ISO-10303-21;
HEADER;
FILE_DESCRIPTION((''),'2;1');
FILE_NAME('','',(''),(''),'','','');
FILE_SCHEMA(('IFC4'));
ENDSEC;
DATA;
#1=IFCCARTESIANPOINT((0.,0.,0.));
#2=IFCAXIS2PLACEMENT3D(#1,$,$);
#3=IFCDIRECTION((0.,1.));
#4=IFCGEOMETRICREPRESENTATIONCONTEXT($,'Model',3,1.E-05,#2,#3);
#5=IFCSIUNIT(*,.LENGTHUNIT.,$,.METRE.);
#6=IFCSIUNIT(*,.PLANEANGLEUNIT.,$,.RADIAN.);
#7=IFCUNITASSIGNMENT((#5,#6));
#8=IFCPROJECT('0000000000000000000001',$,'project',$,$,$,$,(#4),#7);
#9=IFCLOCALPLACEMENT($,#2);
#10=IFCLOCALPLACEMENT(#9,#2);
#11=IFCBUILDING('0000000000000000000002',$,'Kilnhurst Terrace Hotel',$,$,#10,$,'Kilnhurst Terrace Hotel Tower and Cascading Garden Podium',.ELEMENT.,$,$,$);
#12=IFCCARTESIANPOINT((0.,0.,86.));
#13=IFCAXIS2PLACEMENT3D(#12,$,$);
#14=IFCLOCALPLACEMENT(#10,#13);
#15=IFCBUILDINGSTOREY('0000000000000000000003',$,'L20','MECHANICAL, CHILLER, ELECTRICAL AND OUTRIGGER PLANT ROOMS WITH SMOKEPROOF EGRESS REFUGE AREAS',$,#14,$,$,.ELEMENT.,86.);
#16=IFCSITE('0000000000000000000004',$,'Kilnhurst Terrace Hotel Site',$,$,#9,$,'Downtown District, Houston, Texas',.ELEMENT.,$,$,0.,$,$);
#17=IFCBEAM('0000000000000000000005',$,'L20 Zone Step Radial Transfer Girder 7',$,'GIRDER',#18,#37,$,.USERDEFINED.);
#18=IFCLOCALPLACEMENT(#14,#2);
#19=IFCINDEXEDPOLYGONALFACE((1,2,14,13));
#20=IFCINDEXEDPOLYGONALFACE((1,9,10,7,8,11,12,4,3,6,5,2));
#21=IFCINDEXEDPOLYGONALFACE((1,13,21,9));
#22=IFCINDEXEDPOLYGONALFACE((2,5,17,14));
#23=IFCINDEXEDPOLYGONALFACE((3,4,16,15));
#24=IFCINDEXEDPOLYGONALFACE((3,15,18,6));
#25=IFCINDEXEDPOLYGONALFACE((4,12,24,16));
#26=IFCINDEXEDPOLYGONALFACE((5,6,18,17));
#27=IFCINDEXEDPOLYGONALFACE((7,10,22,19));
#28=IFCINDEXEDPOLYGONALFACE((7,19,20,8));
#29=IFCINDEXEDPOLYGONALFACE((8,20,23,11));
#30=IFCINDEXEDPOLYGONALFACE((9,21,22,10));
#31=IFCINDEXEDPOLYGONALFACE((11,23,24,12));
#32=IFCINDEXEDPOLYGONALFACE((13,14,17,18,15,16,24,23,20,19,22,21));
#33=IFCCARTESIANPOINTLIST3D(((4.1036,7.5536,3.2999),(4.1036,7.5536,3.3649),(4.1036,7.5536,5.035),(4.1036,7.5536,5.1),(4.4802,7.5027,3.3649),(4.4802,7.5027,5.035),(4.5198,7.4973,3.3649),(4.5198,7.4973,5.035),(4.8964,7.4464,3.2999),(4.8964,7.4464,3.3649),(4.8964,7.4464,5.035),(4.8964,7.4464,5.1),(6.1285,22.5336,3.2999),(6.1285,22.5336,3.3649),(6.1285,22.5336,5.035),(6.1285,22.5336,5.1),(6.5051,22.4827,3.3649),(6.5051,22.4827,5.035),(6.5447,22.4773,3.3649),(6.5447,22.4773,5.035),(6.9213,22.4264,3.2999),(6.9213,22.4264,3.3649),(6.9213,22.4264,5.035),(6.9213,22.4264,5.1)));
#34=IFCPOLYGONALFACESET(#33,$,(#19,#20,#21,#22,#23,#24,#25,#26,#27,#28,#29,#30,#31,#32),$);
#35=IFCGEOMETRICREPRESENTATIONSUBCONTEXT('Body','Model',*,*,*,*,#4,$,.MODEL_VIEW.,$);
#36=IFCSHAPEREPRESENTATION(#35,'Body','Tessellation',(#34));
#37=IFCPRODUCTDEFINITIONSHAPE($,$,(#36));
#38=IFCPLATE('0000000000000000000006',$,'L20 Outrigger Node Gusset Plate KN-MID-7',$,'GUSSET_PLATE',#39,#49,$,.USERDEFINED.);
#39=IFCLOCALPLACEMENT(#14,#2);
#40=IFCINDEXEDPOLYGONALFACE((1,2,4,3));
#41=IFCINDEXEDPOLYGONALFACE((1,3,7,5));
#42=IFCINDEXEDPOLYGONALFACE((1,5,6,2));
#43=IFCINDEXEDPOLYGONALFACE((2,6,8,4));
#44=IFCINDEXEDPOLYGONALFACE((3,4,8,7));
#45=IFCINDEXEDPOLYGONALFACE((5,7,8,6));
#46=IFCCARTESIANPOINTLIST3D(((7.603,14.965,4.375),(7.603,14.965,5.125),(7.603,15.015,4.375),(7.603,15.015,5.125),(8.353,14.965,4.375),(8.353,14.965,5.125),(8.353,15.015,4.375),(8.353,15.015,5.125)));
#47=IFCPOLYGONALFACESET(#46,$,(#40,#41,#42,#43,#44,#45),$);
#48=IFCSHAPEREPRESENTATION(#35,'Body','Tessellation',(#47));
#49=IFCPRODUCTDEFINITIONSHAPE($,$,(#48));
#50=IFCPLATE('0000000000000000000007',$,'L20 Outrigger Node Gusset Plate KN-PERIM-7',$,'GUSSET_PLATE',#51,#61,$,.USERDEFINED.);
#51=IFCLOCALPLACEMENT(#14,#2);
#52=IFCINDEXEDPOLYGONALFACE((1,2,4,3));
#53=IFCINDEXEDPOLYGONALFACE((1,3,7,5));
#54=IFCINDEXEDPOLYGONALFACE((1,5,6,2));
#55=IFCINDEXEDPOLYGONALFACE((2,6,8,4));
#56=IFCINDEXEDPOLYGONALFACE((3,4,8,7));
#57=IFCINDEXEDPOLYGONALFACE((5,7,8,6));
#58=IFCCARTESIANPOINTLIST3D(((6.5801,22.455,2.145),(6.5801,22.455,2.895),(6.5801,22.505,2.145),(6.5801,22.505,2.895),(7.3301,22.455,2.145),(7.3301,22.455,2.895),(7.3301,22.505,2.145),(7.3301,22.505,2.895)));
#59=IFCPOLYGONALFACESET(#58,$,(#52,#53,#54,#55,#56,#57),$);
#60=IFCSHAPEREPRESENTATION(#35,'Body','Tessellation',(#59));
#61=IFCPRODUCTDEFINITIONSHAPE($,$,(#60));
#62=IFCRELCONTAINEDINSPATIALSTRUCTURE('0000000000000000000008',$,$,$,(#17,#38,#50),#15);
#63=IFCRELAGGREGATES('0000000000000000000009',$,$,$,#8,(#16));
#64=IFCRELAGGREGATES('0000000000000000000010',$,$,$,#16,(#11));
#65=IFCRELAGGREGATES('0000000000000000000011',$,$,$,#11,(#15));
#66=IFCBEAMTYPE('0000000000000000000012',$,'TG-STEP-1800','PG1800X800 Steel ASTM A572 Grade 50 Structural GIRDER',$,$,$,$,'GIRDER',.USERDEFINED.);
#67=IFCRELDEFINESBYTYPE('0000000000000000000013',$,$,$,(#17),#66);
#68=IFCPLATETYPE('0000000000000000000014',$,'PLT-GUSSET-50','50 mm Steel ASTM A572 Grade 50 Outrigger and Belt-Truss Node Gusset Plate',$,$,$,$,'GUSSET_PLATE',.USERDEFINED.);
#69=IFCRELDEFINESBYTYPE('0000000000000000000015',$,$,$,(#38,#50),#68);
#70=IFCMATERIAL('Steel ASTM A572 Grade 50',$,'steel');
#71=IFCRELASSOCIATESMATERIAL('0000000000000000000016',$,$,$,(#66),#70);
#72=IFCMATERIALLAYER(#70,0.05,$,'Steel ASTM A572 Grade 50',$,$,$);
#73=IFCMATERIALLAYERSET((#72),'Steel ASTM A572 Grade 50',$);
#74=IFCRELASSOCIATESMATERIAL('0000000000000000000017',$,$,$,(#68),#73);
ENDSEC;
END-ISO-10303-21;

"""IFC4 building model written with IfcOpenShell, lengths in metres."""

from ifc_helpers import new_model, si_unit, direction, frame, origin, origin_2d, place, context, subcontext, project, spatial, rectangle, i_section, extrude, material, layer, layer_set, material_profile, profile_set, type_object, element, save


model = new_model("IFC4")

# Units and contexts
model_context = context("Model", 3, precision=1e-05, world=origin(), true_north=direction((0.0, 1.0)))
body_context = subcontext(model_context, "Body", "Model", "MODEL_VIEW")
ifc_project = project(units=[si_unit("LENGTHUNIT", "METRE"), si_unit("PLANEANGLEUNIT", "RADIAN")], contexts=[model_context])

# Site, building, storey
site_placement = place(None, origin())
site = spatial("IfcSite", under=ifc_project, at=site_placement, Name="Kilnhurst Terrace Hotel Site", LongName="Downtown District, Houston, Texas", CompositionType="ELEMENT", RefElevation=0.0)
building_placement = place(site_placement, origin())
building = spatial("IfcBuilding", under=site, at=building_placement, Name="Kilnhurst Terrace Hotel", LongName="Kilnhurst Terrace Hotel Tower and Cascading Garden Podium", CompositionType="ELEMENT")
storey_placement = place(building_placement, frame((0.0, 0.0, 86.0)))
storey = spatial("IfcBuildingStorey", under=building, at=storey_placement, Name="L20", Description="MECHANICAL, CHILLER, ELECTRICAL AND OUTRIGGER PLANT ROOMS WITH SMOKEPROOF EGRESS REFUGE AREAS", CompositionType="ELEMENT", Elevation=86.0)

# Beam
ifc_material_1 = material(Name="Steel ASTM A572 Grade 50", Category="steel")
ifc_material_profile_1 = material_profile(ifc_material_1, i_section(OverallWidth=0.8, OverallDepth=1.8, WebThickness=0.04, FlangeThickness=0.0649, at=origin_2d()), Name="PG1800X800")
ifc_profile_set_1 = profile_set([ifc_material_profile_1], Name="Steel ASTM A572 Grade 50")
beam_type_1 = type_object("IfcBeamType", Name="TG-STEP-1800", Description="PG1800X800 Steel ASTM A572 Grade 50 Structural GIRDER", ElementType="GIRDER", PredefinedType="USERDEFINED", material=ifc_profile_set_1)
beam_1_placement = place(storey_placement, frame((4.5, 7.5, 4.2), z_axis=(0.133956, 0.990987, 0.0), x_axis=(-0.990987, 0.133956, 0.0)))
element("IfcBeam", 1, at=beam_1_placement, inside=storey, type_object=beam_type_1, Name="L20 Zone Step Radial Transfer Girder 7", ObjectType="GIRDER", PredefinedType="USERDEFINED", context=body_context, shape_type="SweptSolid", body=[
    extrude(i_section(OverallWidth=0.8, OverallDepth=1.8, WebThickness=0.04, FlangeThickness=0.0649, at=origin_2d()), origin(), (0.0, 0.0, 1.0), 15.1162),
])

# Plates
ifc_layer = layer(ifc_material_1, 0.05, Name="Steel ASTM A572 Grade 50")
ifc_layer_set = layer_set([ifc_layer], Name="Steel ASTM A572 Grade 50")
plate_type = type_object("IfcPlateType", Name="PLT-GUSSET-50", Description="50 mm Steel ASTM A572 Grade 50 Outrigger and Belt-Truss Node Gusset Plate", ElementType="GUSSET_PLATE", PredefinedType="USERDEFINED", material=ifc_layer_set)
for number, where, z_axis, x_axis, name in (
    (2, (7.978, 14.99, 4.375), (0.0, 0.0, 1.0), (1.0, 0.0, 0.0), "L20 Outrigger Node Gusset Plate KN-MID-7"),
    (3, (6.9551, 22.48, 2.145), (0.0, 0.0, 1.0), (1.0, 0.0, 0.0), "L20 Outrigger Node Gusset Plate KN-PERIM-7"),
):
    element("IfcPlate", number, at=place(storey_placement, frame(where, z_axis=z_axis, x_axis=x_axis)), inside=storey, type_object=plate_type, Name=name, ObjectType="GUSSET_PLATE", PredefinedType="USERDEFINED", context=body_context, shape_type="SweptSolid", body=[
        extrude(rectangle(XDim=0.75, YDim=0.05, at=origin_2d()), origin(), (0.0, 0.0, 1.0), 0.75),
    ])

save(model, "model.ifc")
